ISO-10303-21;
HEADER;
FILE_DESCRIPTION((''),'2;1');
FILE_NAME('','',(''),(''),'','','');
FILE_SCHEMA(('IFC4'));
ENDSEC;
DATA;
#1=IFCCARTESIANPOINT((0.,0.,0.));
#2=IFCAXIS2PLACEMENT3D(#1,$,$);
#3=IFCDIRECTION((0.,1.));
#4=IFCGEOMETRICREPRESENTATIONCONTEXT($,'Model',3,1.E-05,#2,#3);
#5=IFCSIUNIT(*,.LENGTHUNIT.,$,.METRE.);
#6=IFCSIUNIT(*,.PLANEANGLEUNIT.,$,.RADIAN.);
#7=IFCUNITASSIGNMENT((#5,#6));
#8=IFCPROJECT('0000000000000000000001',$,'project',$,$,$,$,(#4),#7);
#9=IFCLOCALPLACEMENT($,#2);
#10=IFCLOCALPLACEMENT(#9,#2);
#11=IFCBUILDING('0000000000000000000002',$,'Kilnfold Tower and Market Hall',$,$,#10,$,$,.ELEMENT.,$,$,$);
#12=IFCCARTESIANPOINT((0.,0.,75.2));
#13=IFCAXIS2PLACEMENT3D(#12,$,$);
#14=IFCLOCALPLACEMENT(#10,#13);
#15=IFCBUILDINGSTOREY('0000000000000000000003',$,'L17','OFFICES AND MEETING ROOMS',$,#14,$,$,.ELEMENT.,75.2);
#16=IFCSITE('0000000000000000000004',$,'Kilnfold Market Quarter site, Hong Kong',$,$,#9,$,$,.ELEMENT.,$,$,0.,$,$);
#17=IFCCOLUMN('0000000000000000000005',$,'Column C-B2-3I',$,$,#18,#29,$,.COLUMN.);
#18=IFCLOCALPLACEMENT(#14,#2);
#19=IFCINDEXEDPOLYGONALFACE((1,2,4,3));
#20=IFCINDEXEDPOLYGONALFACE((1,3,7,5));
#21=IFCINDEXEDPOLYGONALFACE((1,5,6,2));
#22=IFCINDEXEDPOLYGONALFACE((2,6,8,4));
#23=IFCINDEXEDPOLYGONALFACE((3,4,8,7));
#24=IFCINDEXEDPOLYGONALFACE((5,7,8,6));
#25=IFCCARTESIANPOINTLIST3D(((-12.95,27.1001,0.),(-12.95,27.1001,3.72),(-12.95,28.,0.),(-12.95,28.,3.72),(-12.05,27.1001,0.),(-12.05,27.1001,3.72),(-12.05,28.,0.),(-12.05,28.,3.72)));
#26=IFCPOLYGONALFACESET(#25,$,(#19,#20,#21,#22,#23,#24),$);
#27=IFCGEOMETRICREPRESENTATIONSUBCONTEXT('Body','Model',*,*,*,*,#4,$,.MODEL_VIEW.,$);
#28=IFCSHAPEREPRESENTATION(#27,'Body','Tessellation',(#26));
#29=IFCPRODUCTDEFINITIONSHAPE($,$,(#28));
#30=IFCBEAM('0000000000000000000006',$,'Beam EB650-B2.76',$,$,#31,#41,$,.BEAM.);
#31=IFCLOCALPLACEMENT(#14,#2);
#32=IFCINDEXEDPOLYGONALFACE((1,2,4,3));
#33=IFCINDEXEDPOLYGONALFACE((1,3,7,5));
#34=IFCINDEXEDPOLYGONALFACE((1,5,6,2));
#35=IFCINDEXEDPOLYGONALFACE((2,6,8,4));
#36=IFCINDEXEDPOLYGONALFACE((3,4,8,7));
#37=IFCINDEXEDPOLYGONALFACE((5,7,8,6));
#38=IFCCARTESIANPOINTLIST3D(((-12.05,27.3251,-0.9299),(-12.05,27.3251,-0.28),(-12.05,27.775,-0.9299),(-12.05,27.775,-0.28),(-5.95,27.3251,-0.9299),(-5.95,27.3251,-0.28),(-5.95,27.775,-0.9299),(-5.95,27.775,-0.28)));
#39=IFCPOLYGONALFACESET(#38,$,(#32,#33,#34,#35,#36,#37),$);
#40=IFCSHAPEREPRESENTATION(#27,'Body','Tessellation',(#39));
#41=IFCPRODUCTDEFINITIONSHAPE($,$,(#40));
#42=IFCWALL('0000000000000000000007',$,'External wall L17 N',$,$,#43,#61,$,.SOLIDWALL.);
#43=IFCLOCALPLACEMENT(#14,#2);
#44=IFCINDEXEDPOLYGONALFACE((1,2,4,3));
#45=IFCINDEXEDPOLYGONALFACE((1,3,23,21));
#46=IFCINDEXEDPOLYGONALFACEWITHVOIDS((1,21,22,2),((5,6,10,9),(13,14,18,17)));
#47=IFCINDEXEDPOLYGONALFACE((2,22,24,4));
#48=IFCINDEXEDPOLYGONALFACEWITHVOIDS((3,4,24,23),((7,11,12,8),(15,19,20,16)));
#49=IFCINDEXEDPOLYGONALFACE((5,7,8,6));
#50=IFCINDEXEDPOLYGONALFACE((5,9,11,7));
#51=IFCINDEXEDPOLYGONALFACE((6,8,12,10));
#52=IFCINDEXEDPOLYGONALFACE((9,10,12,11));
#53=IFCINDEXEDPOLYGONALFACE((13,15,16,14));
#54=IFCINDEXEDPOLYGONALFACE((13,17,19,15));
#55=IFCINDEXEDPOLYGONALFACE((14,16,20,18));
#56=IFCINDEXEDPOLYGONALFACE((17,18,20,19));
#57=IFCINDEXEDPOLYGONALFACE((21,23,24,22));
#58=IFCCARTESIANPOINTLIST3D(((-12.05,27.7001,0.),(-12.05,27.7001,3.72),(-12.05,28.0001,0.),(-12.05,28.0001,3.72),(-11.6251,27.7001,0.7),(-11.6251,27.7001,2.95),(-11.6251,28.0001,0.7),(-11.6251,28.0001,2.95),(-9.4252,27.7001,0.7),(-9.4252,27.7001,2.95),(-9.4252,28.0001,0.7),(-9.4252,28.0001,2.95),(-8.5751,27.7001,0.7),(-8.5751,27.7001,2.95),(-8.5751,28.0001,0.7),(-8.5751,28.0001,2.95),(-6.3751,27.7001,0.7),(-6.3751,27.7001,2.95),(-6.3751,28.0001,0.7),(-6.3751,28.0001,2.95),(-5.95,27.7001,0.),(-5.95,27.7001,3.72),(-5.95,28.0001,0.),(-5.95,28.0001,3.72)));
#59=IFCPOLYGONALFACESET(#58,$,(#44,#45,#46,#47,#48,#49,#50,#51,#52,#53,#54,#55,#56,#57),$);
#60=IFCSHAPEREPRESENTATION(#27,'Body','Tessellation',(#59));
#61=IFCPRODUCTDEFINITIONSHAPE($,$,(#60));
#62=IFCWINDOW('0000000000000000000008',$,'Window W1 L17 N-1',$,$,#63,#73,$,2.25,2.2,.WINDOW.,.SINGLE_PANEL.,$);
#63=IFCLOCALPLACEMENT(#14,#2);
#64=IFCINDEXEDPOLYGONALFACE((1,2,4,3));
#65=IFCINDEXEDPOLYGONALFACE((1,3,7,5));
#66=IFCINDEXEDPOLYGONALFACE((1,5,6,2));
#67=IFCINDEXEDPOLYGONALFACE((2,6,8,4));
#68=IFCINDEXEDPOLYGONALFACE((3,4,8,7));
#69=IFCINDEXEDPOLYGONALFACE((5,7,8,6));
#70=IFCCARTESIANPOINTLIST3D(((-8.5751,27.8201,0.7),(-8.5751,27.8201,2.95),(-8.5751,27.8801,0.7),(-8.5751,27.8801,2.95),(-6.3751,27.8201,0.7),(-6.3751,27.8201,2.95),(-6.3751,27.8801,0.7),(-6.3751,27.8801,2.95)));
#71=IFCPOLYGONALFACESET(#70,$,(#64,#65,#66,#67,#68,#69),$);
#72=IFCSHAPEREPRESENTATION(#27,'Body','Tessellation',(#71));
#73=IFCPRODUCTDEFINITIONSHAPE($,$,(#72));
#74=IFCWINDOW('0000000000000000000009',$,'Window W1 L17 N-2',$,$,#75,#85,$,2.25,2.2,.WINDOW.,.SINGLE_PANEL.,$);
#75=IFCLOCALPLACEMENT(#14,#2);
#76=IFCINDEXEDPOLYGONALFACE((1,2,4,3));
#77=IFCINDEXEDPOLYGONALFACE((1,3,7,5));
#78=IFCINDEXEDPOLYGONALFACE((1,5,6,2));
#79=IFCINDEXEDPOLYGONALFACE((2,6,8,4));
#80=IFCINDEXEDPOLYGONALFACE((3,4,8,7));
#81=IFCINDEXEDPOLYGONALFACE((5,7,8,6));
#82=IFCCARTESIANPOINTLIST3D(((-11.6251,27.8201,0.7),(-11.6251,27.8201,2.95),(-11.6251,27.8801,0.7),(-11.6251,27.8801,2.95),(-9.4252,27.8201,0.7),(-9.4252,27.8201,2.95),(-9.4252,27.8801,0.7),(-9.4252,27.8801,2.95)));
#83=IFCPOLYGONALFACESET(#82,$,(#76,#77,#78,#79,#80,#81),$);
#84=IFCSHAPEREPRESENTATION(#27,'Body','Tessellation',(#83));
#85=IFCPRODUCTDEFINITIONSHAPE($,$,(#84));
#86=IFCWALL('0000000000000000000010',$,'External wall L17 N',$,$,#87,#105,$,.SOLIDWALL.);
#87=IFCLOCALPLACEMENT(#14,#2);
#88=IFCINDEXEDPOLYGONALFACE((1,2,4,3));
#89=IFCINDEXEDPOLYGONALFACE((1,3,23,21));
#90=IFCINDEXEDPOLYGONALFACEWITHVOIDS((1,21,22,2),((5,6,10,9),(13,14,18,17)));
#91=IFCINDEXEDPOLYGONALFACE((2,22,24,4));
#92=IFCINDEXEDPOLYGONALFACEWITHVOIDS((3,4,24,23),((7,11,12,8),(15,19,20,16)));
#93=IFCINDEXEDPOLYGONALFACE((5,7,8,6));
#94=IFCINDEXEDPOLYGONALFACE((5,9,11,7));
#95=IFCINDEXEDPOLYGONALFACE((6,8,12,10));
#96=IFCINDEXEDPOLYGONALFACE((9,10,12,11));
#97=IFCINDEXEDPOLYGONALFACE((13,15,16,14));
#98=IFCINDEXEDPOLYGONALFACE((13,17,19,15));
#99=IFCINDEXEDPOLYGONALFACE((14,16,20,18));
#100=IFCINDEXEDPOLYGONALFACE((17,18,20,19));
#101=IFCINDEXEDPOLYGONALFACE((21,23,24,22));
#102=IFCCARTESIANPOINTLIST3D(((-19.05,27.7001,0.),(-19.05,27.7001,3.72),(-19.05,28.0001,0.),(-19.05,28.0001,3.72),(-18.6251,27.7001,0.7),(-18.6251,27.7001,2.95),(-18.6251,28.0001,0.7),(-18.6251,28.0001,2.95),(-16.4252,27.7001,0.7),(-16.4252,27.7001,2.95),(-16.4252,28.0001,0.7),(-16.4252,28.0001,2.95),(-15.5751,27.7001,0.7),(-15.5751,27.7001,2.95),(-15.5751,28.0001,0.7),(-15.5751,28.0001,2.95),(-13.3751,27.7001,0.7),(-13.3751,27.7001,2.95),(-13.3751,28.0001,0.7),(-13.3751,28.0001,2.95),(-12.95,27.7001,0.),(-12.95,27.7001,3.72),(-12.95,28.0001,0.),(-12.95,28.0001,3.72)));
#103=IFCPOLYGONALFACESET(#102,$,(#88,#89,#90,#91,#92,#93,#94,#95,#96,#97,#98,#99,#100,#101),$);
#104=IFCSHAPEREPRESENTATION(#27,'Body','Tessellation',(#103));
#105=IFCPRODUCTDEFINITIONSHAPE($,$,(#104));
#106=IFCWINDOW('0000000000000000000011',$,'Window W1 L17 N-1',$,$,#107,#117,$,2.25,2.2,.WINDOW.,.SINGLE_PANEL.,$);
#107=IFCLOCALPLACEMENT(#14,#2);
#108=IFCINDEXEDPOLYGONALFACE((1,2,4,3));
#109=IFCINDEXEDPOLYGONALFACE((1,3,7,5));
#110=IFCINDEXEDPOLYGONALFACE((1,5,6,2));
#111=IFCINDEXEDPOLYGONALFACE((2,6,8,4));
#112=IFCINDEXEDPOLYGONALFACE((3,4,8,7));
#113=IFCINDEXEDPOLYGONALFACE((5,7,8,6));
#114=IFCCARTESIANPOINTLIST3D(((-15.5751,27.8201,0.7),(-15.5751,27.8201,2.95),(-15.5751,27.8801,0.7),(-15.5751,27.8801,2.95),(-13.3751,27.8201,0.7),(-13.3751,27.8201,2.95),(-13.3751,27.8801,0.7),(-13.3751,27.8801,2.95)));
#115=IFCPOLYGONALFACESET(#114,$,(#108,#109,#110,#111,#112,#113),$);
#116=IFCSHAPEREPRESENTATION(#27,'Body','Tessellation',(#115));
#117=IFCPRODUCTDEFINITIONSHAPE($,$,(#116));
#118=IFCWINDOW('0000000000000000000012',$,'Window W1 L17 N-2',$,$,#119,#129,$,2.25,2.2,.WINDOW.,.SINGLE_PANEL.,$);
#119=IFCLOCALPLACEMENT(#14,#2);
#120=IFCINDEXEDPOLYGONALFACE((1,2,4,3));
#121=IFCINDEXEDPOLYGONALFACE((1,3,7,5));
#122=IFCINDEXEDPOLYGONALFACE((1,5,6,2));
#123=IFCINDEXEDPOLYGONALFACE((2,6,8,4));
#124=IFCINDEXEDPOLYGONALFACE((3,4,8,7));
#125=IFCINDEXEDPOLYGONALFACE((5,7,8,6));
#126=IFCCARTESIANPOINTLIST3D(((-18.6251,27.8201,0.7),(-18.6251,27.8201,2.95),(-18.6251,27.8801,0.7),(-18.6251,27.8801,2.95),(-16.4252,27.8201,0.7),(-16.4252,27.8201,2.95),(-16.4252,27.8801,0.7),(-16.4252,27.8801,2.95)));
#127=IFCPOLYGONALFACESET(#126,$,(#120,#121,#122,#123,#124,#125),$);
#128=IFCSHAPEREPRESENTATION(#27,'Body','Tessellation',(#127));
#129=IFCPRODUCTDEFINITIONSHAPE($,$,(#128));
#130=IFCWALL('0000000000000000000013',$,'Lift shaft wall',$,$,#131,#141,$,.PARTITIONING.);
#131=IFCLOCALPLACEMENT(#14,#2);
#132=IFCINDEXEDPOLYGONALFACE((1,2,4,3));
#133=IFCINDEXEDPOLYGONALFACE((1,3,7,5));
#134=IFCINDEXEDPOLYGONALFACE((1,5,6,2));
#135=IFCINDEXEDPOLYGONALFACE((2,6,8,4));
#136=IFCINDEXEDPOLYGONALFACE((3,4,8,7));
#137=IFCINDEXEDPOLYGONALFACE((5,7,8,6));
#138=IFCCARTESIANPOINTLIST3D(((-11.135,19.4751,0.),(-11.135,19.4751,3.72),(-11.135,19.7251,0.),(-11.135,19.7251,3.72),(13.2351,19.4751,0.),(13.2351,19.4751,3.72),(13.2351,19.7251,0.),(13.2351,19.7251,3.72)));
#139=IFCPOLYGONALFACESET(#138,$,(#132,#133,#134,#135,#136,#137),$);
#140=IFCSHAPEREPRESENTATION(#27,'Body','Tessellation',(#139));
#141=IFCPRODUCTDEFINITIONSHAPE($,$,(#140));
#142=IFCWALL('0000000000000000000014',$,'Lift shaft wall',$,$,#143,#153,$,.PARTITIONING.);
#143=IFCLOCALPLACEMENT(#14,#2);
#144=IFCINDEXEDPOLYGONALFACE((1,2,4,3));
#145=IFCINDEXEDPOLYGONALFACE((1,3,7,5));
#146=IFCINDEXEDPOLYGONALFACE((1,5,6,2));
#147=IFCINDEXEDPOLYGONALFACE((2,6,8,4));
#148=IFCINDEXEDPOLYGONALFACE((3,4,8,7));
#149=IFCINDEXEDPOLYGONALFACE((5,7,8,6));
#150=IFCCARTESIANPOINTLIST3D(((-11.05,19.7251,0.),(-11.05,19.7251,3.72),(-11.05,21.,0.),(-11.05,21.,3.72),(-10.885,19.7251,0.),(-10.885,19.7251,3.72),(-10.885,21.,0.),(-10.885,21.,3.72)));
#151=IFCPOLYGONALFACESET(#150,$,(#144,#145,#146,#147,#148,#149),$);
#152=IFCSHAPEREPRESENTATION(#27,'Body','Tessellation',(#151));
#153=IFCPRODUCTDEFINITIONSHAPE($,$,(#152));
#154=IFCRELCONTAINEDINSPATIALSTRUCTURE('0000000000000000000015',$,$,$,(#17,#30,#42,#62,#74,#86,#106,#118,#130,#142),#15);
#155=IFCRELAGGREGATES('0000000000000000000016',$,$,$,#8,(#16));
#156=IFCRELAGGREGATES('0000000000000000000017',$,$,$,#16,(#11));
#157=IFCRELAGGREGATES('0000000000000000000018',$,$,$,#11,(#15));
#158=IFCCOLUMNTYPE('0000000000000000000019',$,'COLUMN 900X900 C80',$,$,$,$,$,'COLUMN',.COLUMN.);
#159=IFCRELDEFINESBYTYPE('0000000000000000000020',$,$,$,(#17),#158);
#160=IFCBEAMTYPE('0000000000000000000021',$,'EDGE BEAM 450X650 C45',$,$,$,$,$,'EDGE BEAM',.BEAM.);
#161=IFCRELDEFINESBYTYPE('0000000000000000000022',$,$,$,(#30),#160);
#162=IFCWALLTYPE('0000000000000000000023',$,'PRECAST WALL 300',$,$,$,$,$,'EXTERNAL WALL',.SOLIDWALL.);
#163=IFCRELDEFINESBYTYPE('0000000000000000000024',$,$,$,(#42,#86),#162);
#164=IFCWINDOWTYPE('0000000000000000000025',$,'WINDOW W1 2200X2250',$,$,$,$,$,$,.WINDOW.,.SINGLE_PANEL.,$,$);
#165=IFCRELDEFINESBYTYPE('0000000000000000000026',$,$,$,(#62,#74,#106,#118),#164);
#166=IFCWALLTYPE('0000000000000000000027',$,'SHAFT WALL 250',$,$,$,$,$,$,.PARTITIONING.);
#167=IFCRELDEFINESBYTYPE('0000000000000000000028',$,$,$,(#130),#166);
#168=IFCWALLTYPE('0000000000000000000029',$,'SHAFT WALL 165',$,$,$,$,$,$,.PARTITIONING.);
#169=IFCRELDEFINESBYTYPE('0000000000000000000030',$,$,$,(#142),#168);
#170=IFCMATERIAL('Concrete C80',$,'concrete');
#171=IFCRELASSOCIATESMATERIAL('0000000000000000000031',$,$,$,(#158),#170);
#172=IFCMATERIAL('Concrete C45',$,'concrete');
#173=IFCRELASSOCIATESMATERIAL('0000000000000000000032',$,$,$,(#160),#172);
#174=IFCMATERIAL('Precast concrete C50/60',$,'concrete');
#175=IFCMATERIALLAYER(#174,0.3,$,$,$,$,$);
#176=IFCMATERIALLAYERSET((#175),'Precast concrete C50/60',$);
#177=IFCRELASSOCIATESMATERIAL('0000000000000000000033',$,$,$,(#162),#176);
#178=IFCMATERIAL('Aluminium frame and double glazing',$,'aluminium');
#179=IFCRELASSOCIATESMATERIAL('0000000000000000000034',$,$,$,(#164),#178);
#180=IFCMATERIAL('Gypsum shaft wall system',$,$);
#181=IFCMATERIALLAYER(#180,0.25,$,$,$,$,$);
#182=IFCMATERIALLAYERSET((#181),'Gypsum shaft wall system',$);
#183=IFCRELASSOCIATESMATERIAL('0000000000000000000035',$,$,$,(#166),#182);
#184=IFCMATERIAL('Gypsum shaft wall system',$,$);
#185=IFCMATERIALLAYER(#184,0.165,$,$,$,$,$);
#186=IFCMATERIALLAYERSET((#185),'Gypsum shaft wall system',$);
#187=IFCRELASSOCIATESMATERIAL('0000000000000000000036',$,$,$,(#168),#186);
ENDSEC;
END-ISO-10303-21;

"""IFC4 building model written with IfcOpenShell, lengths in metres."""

from ifc_helpers import new_model, si_unit, direction, frame, frame_2d, origin, origin_2d, place, context, subcontext, project, spatial, rectangle, extrude, source, transform, mapped, material, layer, layer_set, material_profile, profile_set, type_object, element, fill, save


model = new_model("IFC4")

# Units and contexts
model_context = context("Model", 3, precision=1e-05, world=origin(), true_north=direction((0.0, 1.0)))
body_context = subcontext(model_context, "Body", "Model", "MODEL_VIEW")
ifc_project = project(units=[si_unit("LENGTHUNIT", "METRE"), si_unit("PLANEANGLEUNIT", "RADIAN")], contexts=[model_context])

# Site, building, storey
site_placement = place(None, origin())
site = spatial("IfcSite", under=ifc_project, at=site_placement, Name="Kilnfold Market Quarter site, Hong Kong", CompositionType="ELEMENT", RefElevation=0.0)
building_placement = place(site_placement, origin())
building = spatial("IfcBuilding", under=site, at=building_placement, Name="Kilnfold Tower and Market Hall", CompositionType="ELEMENT")
storey_placement = place(building_placement, frame((0.0, 0.0, 75.2)))
storey = spatial("IfcBuildingStorey", under=building, at=storey_placement, Name="L17", Description="OFFICES AND MEETING ROOMS", CompositionType="ELEMENT", Elevation=75.2)

# Column
ifc_material_1 = material(Name="Concrete C80", Category="concrete")
ifc_material_profile_1 = material_profile(ifc_material_1, rectangle(XDim=0.8999, YDim=0.8999, at=origin_2d()), Name="RC 900x900")
ifc_profile_set_1 = profile_set([ifc_material_profile_1], Name="Concrete C80")
column_type = type_object("IfcColumnType", Name="COLUMN 900X900 C80", ElementType="COLUMN", PredefinedType="COLUMN", material=ifc_profile_set_1)
shared_shape_1 = source(origin(), body_context, "Body", "SweptSolid", [
    extrude(rectangle(XDim=0.8999, YDim=0.8999, at=origin_2d()), origin(), (0.0, 0.0, 1.0), 3.72),
])
column_placement = place(storey_placement, frame((-12.5, 27.55, 0.0), z_axis=(0.0, 0.0, 1.0), x_axis=(1.0, 0.0, 0.0)))
element("IfcColumn", 1, at=column_placement, inside=storey, type_object=column_type, Name="Column C-B2-3I", PredefinedType="COLUMN", context=body_context, shape_type="MappedRepresentation", body=[
    mapped(shared_shape_1, transform((0.0, 0.0, 0.0))),
])

# Beam
ifc_material_2 = material(Name="Concrete C45", Category="concrete")
ifc_material_profile_2 = material_profile(ifc_material_2, rectangle(XDim=0.45, YDim=0.6499, at=origin_2d()), Name="RC 450x650")
ifc_profile_set_2 = profile_set([ifc_material_profile_2], Name="Concrete C45")
beam_type = type_object("IfcBeamType", Name="EDGE BEAM 450X650 C45", ElementType="EDGE BEAM", PredefinedType="BEAM", material=ifc_profile_set_2)
shared_shape_2 = source(origin(), body_context, "Body", "SweptSolid", [
    extrude(rectangle(XDim=0.45, YDim=0.6499, at=origin_2d()), origin(), (0.0, 0.0, 1.0), 6.1001),
])
beam_placement = place(storey_placement, frame((-12.05, 27.55, -0.605), z_axis=(1.0, 0.0, 0.0), x_axis=(0.0, 1.0, 0.0)))
element("IfcBeam", 2, at=beam_placement, inside=storey, type_object=beam_type, Name="Beam EB650-B2.76", PredefinedType="BEAM", context=body_context, shape_type="MappedRepresentation", body=[
    mapped(shared_shape_2, transform((0.0, 0.0, 0.0))),
])

# Walls, openings, windows
ifc_material_3 = material(Name="Precast concrete C50/60", Category="concrete")
ifc_layer_1 = layer(ifc_material_3, 0.3)
ifc_layer_set_1 = layer_set([ifc_layer_1], Name="Precast concrete C50/60")
wall_type_1 = type_object("IfcWallType", Name="PRECAST WALL 300", ElementType="EXTERNAL WALL", PredefinedType="SOLIDWALL", material=ifc_layer_set_1)
shared_shape_3 = source(origin(), body_context, "Body", "SweptSolid", [
    extrude(rectangle(XDim=6.1001, YDim=0.3, at=frame_2d((3.05, 0.0))), origin(), (0.0, 0.0, 1.0), 3.72),
])
wall_1_placement = place(storey_placement, frame((-5.95, 27.8501, 0.0), z_axis=(0.0, 0.0, 1.0), x_axis=(-1.0, 0.0, 0.0)))
wall_1 = element("IfcWall", 3, at=wall_1_placement, inside=storey, type_object=wall_type_1, Name="External wall L17 N", PredefinedType="SOLIDWALL", context=body_context, shape_type="MappedRepresentation", body=[
    mapped(shared_shape_3, transform((0.0, 0.0, 0.0))),
])
opening_1_placement = place(wall_1_placement, frame((0.425, 0.0, 0.7)))
opening_1 = element("IfcOpeningElement", 4, at=opening_1_placement, cuts=wall_1, PredefinedType="OPENING", context=body_context, shape_type="SweptSolid", body=[
    extrude(rectangle(XDim=2.2, YDim=2.25, at=frame_2d((1.1001, 1.125))), frame((0.0, 0.1602, 0.0), z_axis=(0.0, -1.0, 0.0), x_axis=(1.0, 0.0, 0.0)), (0.0, 0.0, 1.0), 0.3201),
])
opening_2_placement = place(wall_1_placement, frame((3.4751, 0.0, 0.7)))
opening_2 = element("IfcOpeningElement", 5, at=opening_2_placement, cuts=wall_1, PredefinedType="OPENING", context=body_context, shape_type="SweptSolid", body=[
    extrude(rectangle(XDim=2.2, YDim=2.25, at=frame_2d((1.1001, 1.125))), frame((0.0, 0.1602, 0.0), z_axis=(0.0, -1.0, 0.0), x_axis=(1.0, 0.0, 0.0)), (0.0, 0.0, 1.0), 0.3201),
])
ifc_material_4 = material(Name="Aluminium frame and double glazing", Category="aluminium")
window_type = type_object("IfcWindowType", Name="WINDOW W1 2200X2250", PartitioningType="SINGLE_PANEL", PredefinedType="WINDOW", material=ifc_material_4)
window_1_placement = place(opening_1_placement, origin())
window_1 = element("IfcWindow", 6, at=window_1_placement, inside=storey, type_object=window_type, Name="Window W1 L17 N-1", OverallHeight=2.25, OverallWidth=2.2, PartitioningType="SINGLE_PANEL", PredefinedType="WINDOW", context=body_context, shape_type="SweptSolid", body=[
    extrude(rectangle(XDim=2.2, YDim=2.25, at=frame_2d((1.1001, 1.125))), frame((0.0, 0.03, 0.0), z_axis=(0.0, -1.0, 0.0), x_axis=(1.0, 0.0, 0.0)), (0.0, 0.0, 1.0), 0.0601),
])
fill(opening_1, window_1)
window_2_placement = place(opening_2_placement, origin())
window_2 = element("IfcWindow", 7, at=window_2_placement, inside=storey, type_object=window_type, Name="Window W1 L17 N-2", OverallHeight=2.25, OverallWidth=2.2, PartitioningType="SINGLE_PANEL", PredefinedType="WINDOW", context=body_context, shape_type="SweptSolid", body=[
    extrude(rectangle(XDim=2.2, YDim=2.25, at=frame_2d((1.1001, 1.125))), frame((0.0, 0.03, 0.0), z_axis=(0.0, -1.0, 0.0), x_axis=(1.0, 0.0, 0.0)), (0.0, 0.0, 1.0), 0.0601),
])
fill(opening_2, window_2)
wall_2_placement = place(storey_placement, frame((-12.95, 27.8501, 0.0), z_axis=(0.0, 0.0, 1.0), x_axis=(-1.0, 0.0, 0.0)))
wall_2 = element("IfcWall", 8, at=wall_2_placement, inside=storey, type_object=wall_type_1, Name="External wall L17 N", PredefinedType="SOLIDWALL", context=body_context, shape_type="MappedRepresentation", body=[
    mapped(shared_shape_3, transform((0.0, 0.0, 0.0))),
])
opening_3_placement = place(wall_2_placement, frame((0.425, 0.0, 0.7)))
opening_3 = element("IfcOpeningElement", 9, at=opening_3_placement, cuts=wall_2, PredefinedType="OPENING", context=body_context, shape_type="SweptSolid", body=[
    extrude(rectangle(XDim=2.2, YDim=2.25, at=frame_2d((1.1001, 1.125))), frame((0.0, 0.1602, 0.0), z_axis=(0.0, -1.0, 0.0), x_axis=(1.0, 0.0, 0.0)), (0.0, 0.0, 1.0), 0.3201),
])
opening_4_placement = place(wall_2_placement, frame((3.4751, 0.0, 0.7)))
opening_4 = element("IfcOpeningElement", 10, at=opening_4_placement, cuts=wall_2, PredefinedType="OPENING", context=body_context, shape_type="SweptSolid", body=[
    extrude(rectangle(XDim=2.2, YDim=2.25, at=frame_2d((1.1001, 1.125))), frame((0.0, 0.1602, 0.0), z_axis=(0.0, -1.0, 0.0), x_axis=(1.0, 0.0, 0.0)), (0.0, 0.0, 1.0), 0.3201),
])
window_3_placement = place(opening_3_placement, origin())
window_3 = element("IfcWindow", 11, at=window_3_placement, inside=storey, type_object=window_type, Name="Window W1 L17 N-1", OverallHeight=2.25, OverallWidth=2.2, PartitioningType="SINGLE_PANEL", PredefinedType="WINDOW", context=body_context, shape_type="SweptSolid", body=[
    extrude(rectangle(XDim=2.2, YDim=2.25, at=frame_2d((1.1001, 1.125))), frame((0.0, 0.03, 0.0), z_axis=(0.0, -1.0, 0.0), x_axis=(1.0, 0.0, 0.0)), (0.0, 0.0, 1.0), 0.0601),
])
fill(opening_3, window_3)
window_4_placement = place(opening_4_placement, origin())
window_4 = element("IfcWindow", 12, at=window_4_placement, inside=storey, type_object=window_type, Name="Window W1 L17 N-2", OverallHeight=2.25, OverallWidth=2.2, PartitioningType="SINGLE_PANEL", PredefinedType="WINDOW", context=body_context, shape_type="SweptSolid", body=[
    extrude(rectangle(XDim=2.2, YDim=2.25, at=frame_2d((1.1001, 1.125))), frame((0.0, 0.03, 0.0), z_axis=(0.0, -1.0, 0.0), x_axis=(1.0, 0.0, 0.0)), (0.0, 0.0, 1.0), 0.0601),
])
fill(opening_4, window_4)

# Walls
ifc_material_5 = material(Name="Gypsum shaft wall system")
ifc_layer_2 = layer(ifc_material_5, 0.25)
ifc_layer_set_2 = layer_set([ifc_layer_2], Name="Gypsum shaft wall system")
wall_type_2 = type_object("IfcWallType", Name="SHAFT WALL 250", PredefinedType="PARTITIONING", material=ifc_layer_set_2)
shared_shape_4 = source(origin(), body_context, "Body", "SweptSolid", [
    extrude(rectangle(XDim=24.3701, YDim=0.25, at=frame_2d((12.1851, 0.0))), origin(), (0.0, 0.0, 1.0), 3.72),
])
wall_3_placement = place(storey_placement, frame((-11.135, 19.6001, 0.0), z_axis=(0.0, 0.0, 1.0), x_axis=(1.0, 0.0, 0.0)))
element("IfcWall", 13, at=wall_3_placement, inside=storey, type_object=wall_type_2, Name="Lift shaft wall", PredefinedType="PARTITIONING", context=body_context, shape_type="MappedRepresentation", body=[
    mapped(shared_shape_4, transform((0.0, 0.0, 0.0))),
])
ifc_material_6 = material(Name="Gypsum shaft wall system")
ifc_layer_3 = layer(ifc_material_6, 0.165)
ifc_layer_set_3 = layer_set([ifc_layer_3], Name="Gypsum shaft wall system")
wall_type_3 = type_object("IfcWallType", Name="SHAFT WALL 165", PredefinedType="PARTITIONING", material=ifc_layer_set_3)
shared_shape_5 = source(origin(), body_context, "Body", "SweptSolid", [
    extrude(rectangle(XDim=1.2749, YDim=0.165, at=frame_2d((0.6375, 0.0))), origin(), (0.0, 0.0, 1.0), 3.72),
])
wall_4_placement = place(storey_placement, frame((-10.9675, 19.7251, 0.0), z_axis=(0.0, 0.0, 1.0), x_axis=(0.0, 1.0, 0.0)))
element("IfcWall", 14, at=wall_4_placement, inside=storey, type_object=wall_type_3, Name="Lift shaft wall", PredefinedType="PARTITIONING", context=body_context, shape_type="MappedRepresentation", body=[
    mapped(shared_shape_5, transform((0.0, 0.0, 0.0))),
])

save(model, "model.ifc")
